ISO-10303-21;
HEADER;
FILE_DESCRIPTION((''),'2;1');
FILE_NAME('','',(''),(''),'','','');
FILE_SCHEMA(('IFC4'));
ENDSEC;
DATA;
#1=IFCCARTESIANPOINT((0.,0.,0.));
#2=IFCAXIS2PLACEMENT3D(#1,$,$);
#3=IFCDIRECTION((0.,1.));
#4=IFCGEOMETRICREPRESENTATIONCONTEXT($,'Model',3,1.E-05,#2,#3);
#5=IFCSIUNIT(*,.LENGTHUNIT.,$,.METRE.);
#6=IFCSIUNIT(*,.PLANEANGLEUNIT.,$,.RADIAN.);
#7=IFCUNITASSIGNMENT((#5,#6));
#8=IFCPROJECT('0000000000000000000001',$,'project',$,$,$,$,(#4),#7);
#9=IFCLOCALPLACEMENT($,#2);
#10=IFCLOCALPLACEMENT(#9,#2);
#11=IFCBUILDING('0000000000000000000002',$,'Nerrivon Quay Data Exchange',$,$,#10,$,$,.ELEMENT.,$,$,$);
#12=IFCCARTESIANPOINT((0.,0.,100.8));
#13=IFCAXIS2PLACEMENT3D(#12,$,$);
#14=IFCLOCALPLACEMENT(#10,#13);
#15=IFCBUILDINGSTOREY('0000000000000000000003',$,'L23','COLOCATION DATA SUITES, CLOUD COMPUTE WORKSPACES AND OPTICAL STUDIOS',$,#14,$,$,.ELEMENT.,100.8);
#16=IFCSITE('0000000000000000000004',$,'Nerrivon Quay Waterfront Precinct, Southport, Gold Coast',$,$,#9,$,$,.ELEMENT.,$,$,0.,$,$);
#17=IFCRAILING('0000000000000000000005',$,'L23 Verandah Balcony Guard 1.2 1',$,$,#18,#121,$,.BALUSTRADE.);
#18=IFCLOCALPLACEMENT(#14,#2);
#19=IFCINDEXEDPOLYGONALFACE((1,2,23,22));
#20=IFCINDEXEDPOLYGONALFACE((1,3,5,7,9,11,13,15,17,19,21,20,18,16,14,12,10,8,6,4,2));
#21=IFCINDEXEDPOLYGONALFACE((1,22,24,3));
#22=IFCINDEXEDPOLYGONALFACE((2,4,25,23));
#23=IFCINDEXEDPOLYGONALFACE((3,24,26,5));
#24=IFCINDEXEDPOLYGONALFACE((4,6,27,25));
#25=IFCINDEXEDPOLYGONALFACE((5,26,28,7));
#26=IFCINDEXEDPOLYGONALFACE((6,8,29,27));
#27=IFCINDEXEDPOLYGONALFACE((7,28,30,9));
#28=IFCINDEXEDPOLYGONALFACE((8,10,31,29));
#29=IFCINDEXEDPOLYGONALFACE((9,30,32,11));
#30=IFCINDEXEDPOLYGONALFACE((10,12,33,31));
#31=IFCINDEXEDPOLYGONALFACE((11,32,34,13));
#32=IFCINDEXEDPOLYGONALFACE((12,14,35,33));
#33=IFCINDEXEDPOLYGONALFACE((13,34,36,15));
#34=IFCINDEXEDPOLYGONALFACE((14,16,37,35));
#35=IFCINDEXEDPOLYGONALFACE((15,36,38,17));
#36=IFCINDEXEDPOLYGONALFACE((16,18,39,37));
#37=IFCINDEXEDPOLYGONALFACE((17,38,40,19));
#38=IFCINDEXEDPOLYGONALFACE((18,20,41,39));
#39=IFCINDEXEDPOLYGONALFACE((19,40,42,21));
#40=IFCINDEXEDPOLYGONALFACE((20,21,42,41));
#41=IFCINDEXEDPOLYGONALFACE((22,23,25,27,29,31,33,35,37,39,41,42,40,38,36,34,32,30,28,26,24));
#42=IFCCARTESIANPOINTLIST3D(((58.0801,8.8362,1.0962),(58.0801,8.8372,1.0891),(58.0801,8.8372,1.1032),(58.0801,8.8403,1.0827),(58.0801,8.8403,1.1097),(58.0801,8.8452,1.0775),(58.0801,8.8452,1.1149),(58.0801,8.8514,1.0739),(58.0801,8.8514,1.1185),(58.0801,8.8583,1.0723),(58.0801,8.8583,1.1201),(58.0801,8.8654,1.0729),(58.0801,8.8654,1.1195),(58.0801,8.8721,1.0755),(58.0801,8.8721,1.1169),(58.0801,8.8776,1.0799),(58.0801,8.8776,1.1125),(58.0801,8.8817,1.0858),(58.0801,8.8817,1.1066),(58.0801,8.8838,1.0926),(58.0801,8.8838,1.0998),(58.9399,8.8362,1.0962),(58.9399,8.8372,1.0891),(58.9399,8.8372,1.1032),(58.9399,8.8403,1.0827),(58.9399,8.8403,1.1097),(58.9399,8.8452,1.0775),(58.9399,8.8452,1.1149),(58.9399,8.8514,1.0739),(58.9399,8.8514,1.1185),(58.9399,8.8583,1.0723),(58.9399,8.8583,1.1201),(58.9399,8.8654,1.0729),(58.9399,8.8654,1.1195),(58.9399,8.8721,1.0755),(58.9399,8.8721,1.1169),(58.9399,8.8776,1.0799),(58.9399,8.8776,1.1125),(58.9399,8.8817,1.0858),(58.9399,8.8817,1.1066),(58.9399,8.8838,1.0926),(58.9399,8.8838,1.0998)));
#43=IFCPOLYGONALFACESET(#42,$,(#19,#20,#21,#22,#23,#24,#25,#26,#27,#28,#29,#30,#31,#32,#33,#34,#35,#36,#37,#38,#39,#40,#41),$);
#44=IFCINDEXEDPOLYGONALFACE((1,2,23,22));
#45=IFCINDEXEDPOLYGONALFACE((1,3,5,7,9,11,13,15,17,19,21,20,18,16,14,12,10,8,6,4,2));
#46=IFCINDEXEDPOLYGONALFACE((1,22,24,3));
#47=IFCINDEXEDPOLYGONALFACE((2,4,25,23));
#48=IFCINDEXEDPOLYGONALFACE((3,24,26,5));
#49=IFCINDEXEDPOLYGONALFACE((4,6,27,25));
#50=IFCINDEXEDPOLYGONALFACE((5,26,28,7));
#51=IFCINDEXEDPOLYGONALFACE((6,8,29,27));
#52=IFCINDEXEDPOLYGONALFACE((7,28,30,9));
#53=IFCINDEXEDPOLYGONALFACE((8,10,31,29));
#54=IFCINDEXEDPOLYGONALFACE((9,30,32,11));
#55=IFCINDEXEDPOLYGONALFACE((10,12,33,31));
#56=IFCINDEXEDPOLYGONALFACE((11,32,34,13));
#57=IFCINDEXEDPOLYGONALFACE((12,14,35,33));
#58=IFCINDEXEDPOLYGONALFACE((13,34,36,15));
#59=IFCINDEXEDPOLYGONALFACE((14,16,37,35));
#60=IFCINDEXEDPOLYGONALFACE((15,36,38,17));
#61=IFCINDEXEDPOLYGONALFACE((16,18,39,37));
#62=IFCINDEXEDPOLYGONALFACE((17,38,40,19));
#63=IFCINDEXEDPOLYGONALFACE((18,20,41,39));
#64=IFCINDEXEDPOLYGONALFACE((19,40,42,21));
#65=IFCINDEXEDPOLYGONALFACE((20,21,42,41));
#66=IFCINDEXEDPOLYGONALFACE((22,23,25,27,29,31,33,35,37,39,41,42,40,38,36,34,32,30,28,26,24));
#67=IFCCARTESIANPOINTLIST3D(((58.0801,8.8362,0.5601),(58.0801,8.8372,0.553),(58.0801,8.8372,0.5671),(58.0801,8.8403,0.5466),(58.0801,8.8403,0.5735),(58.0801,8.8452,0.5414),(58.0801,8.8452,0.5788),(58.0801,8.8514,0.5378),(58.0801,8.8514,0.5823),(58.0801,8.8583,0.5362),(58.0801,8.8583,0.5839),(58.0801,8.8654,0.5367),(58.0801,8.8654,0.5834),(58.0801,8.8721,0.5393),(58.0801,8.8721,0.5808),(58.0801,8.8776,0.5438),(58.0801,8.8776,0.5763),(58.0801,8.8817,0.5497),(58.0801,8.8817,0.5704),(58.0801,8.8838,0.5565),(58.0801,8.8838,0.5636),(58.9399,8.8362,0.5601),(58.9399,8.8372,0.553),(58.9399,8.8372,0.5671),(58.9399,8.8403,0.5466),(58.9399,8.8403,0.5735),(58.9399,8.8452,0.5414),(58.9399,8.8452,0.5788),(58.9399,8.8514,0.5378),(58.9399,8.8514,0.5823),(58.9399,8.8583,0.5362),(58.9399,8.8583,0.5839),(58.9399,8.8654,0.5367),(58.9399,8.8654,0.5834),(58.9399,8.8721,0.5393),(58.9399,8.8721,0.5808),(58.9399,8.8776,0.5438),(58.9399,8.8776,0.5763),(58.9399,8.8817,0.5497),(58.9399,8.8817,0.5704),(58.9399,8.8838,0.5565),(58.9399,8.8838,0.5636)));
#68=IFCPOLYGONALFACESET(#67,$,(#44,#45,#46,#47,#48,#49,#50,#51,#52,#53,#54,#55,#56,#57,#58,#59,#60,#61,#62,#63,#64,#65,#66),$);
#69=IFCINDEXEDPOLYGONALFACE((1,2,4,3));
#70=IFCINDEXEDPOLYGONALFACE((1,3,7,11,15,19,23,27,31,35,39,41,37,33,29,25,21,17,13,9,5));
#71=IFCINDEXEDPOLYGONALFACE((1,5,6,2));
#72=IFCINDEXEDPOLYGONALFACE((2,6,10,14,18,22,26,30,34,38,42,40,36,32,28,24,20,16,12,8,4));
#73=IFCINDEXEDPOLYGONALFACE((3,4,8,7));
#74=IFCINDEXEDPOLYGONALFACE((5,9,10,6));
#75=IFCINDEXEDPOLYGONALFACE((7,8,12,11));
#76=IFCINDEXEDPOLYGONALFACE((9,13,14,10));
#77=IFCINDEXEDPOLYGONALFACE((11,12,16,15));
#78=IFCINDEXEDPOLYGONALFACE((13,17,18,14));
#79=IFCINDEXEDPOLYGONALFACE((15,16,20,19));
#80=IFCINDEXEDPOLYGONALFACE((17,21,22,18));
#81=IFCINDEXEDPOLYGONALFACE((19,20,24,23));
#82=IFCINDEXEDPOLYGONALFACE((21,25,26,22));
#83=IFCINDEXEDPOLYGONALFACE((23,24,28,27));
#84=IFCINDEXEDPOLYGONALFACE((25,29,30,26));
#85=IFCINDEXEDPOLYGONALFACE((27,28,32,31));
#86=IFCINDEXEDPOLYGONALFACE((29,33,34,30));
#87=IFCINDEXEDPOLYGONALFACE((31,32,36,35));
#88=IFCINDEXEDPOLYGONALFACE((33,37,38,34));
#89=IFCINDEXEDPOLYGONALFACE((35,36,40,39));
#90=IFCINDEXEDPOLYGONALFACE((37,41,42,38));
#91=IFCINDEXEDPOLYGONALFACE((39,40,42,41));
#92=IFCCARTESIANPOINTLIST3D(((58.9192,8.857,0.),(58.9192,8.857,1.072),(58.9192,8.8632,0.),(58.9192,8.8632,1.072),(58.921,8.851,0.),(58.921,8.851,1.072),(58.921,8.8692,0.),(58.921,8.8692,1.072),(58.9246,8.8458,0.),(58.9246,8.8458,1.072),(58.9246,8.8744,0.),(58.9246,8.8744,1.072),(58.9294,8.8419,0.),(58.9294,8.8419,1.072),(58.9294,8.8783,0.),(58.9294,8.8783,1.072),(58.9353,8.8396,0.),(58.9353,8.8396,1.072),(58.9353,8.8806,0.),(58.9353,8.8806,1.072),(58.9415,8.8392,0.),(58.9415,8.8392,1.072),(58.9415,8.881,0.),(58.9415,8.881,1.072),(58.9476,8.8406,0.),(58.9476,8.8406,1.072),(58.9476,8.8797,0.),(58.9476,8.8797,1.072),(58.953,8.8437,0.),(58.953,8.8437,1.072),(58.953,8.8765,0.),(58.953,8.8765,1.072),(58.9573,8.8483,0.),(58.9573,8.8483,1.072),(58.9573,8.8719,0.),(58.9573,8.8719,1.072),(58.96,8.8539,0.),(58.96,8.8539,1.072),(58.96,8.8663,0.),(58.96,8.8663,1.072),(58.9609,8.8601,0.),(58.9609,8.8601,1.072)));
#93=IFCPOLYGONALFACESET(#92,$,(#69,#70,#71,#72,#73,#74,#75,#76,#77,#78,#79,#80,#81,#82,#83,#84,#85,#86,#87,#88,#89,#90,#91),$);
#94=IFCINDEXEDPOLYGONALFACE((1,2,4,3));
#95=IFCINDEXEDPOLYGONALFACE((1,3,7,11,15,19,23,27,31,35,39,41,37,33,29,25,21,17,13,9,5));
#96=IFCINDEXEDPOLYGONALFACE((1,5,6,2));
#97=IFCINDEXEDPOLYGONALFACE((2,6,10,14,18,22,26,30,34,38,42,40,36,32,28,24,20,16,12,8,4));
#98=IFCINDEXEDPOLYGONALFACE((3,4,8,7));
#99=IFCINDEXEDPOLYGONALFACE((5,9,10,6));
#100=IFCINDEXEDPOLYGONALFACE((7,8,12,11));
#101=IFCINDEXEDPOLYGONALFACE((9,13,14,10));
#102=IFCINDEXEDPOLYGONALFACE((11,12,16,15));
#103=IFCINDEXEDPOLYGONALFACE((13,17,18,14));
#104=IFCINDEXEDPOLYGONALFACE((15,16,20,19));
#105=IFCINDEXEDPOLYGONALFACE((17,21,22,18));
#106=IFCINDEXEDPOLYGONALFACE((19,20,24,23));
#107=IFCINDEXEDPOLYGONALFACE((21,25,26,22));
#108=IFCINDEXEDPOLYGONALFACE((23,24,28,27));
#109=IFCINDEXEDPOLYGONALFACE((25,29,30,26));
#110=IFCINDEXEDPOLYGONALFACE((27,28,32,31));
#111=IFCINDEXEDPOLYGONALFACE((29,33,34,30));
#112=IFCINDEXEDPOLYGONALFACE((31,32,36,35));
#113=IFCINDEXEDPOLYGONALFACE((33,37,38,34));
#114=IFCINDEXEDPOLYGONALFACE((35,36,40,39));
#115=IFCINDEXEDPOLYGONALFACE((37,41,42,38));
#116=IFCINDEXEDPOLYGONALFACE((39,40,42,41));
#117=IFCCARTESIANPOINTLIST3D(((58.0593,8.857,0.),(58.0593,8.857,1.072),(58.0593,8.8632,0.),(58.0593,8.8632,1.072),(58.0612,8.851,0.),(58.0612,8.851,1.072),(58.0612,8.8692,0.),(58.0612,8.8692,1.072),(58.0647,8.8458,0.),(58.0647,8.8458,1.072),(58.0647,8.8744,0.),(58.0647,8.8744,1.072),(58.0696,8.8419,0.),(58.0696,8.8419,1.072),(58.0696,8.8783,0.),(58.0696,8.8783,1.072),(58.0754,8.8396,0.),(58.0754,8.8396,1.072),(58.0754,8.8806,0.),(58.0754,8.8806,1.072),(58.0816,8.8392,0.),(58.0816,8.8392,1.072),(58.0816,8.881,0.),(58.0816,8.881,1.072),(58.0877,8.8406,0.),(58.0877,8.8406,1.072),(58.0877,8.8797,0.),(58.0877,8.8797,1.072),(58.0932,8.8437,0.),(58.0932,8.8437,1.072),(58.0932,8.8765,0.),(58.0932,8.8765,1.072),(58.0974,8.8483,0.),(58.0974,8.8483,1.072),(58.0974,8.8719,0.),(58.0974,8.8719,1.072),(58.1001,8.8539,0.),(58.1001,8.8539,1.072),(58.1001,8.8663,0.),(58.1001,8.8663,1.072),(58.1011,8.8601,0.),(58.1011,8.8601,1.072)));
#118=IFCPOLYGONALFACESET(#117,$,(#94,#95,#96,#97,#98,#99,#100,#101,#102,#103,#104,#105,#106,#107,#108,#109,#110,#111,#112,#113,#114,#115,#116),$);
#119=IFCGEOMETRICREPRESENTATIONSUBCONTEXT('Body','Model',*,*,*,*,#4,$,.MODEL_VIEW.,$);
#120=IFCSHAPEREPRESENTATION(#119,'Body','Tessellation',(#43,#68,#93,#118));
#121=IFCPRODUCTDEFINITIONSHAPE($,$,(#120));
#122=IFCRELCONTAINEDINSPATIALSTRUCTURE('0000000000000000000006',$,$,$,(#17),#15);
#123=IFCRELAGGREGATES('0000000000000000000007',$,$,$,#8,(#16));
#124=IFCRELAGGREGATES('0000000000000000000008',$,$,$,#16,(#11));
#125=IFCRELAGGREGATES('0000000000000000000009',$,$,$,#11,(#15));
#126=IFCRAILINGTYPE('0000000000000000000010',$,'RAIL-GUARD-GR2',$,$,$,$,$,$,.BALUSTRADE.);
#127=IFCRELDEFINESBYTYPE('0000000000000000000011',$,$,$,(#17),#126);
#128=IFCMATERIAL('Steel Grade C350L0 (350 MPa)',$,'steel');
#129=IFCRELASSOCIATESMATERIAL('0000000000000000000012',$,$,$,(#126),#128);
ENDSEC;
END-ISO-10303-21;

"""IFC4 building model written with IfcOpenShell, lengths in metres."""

from ifc_helpers import new_model, si_unit, direction, frame, origin, origin_2d, place, context, subcontext, project, spatial, circle, extrude, material, type_object, element, save


model = new_model("IFC4")

# Units and contexts
model_context = context("Model", 3, precision=1e-05, world=origin(), true_north=direction((0.0, 1.0)))
body_context = subcontext(model_context, "Body", "Model", "MODEL_VIEW")
ifc_project = project(units=[si_unit("LENGTHUNIT", "METRE"), si_unit("PLANEANGLEUNIT", "RADIAN")], contexts=[model_context])

# Site, building, storey
site_placement = place(None, origin())
site = spatial("IfcSite", under=ifc_project, at=site_placement, Name="Nerrivon Quay Waterfront Precinct, Southport, Gold Coast", CompositionType="ELEMENT", RefElevation=0.0)
building_placement = place(site_placement, origin())
building = spatial("IfcBuilding", under=site, at=building_placement, Name="Nerrivon Quay Data Exchange", CompositionType="ELEMENT")
storey_placement = place(building_placement, frame((0.0, 0.0, 100.8)))
storey = spatial("IfcBuildingStorey", under=building, at=storey_placement, Name="L23", Description="COLOCATION DATA SUITES, CLOUD COMPUTE WORKSPACES AND OPTICAL STUDIOS", CompositionType="ELEMENT", Elevation=100.8)

# Railing
ifc_material_1 = material(Name="Steel Grade C350L0 (350 MPa)", Category="steel")
railing_type = type_object("IfcRailingType", Name="RAIL-GUARD-GR2", PredefinedType="BALUSTRADE", material=ifc_material_1)
railing_1_placement = place(storey_placement, frame((58.9399, 8.8601, 0.0)))
element("IfcRailing", 1, at=railing_1_placement, inside=storey, type_object=railing_type, Name="L23 Verandah Balcony Guard 1.2 1", PredefinedType="BALUSTRADE", context=body_context, shape_type="SweptSolid", body=[
    extrude(circle(Radius=0.0239, at=origin_2d()), frame((0.0, 0.0, 1.0962), z_axis=(-1.0, 0.0, 0.0), x_axis=(0.0, -1.0, 0.0)), (0.0, 0.0, 1.0), 0.8599),
    extrude(circle(Radius=0.0239, at=origin_2d()), frame((0.0, 0.0, 0.5601), z_axis=(-1.0, 0.0, 0.0), x_axis=(0.0, -1.0, 0.0)), (0.0, 0.0, 1.0), 0.8599),
    extrude(circle(Radius=0.021, at=origin_2d()), origin(), (0.0, 0.0, 1.0), 1.072),
    extrude(circle(Radius=0.021, at=origin_2d()), frame((-0.8599, 0.0, 0.0)), (0.0, 0.0, 1.0), 1.072),
])

save(model, "model.ifc")
